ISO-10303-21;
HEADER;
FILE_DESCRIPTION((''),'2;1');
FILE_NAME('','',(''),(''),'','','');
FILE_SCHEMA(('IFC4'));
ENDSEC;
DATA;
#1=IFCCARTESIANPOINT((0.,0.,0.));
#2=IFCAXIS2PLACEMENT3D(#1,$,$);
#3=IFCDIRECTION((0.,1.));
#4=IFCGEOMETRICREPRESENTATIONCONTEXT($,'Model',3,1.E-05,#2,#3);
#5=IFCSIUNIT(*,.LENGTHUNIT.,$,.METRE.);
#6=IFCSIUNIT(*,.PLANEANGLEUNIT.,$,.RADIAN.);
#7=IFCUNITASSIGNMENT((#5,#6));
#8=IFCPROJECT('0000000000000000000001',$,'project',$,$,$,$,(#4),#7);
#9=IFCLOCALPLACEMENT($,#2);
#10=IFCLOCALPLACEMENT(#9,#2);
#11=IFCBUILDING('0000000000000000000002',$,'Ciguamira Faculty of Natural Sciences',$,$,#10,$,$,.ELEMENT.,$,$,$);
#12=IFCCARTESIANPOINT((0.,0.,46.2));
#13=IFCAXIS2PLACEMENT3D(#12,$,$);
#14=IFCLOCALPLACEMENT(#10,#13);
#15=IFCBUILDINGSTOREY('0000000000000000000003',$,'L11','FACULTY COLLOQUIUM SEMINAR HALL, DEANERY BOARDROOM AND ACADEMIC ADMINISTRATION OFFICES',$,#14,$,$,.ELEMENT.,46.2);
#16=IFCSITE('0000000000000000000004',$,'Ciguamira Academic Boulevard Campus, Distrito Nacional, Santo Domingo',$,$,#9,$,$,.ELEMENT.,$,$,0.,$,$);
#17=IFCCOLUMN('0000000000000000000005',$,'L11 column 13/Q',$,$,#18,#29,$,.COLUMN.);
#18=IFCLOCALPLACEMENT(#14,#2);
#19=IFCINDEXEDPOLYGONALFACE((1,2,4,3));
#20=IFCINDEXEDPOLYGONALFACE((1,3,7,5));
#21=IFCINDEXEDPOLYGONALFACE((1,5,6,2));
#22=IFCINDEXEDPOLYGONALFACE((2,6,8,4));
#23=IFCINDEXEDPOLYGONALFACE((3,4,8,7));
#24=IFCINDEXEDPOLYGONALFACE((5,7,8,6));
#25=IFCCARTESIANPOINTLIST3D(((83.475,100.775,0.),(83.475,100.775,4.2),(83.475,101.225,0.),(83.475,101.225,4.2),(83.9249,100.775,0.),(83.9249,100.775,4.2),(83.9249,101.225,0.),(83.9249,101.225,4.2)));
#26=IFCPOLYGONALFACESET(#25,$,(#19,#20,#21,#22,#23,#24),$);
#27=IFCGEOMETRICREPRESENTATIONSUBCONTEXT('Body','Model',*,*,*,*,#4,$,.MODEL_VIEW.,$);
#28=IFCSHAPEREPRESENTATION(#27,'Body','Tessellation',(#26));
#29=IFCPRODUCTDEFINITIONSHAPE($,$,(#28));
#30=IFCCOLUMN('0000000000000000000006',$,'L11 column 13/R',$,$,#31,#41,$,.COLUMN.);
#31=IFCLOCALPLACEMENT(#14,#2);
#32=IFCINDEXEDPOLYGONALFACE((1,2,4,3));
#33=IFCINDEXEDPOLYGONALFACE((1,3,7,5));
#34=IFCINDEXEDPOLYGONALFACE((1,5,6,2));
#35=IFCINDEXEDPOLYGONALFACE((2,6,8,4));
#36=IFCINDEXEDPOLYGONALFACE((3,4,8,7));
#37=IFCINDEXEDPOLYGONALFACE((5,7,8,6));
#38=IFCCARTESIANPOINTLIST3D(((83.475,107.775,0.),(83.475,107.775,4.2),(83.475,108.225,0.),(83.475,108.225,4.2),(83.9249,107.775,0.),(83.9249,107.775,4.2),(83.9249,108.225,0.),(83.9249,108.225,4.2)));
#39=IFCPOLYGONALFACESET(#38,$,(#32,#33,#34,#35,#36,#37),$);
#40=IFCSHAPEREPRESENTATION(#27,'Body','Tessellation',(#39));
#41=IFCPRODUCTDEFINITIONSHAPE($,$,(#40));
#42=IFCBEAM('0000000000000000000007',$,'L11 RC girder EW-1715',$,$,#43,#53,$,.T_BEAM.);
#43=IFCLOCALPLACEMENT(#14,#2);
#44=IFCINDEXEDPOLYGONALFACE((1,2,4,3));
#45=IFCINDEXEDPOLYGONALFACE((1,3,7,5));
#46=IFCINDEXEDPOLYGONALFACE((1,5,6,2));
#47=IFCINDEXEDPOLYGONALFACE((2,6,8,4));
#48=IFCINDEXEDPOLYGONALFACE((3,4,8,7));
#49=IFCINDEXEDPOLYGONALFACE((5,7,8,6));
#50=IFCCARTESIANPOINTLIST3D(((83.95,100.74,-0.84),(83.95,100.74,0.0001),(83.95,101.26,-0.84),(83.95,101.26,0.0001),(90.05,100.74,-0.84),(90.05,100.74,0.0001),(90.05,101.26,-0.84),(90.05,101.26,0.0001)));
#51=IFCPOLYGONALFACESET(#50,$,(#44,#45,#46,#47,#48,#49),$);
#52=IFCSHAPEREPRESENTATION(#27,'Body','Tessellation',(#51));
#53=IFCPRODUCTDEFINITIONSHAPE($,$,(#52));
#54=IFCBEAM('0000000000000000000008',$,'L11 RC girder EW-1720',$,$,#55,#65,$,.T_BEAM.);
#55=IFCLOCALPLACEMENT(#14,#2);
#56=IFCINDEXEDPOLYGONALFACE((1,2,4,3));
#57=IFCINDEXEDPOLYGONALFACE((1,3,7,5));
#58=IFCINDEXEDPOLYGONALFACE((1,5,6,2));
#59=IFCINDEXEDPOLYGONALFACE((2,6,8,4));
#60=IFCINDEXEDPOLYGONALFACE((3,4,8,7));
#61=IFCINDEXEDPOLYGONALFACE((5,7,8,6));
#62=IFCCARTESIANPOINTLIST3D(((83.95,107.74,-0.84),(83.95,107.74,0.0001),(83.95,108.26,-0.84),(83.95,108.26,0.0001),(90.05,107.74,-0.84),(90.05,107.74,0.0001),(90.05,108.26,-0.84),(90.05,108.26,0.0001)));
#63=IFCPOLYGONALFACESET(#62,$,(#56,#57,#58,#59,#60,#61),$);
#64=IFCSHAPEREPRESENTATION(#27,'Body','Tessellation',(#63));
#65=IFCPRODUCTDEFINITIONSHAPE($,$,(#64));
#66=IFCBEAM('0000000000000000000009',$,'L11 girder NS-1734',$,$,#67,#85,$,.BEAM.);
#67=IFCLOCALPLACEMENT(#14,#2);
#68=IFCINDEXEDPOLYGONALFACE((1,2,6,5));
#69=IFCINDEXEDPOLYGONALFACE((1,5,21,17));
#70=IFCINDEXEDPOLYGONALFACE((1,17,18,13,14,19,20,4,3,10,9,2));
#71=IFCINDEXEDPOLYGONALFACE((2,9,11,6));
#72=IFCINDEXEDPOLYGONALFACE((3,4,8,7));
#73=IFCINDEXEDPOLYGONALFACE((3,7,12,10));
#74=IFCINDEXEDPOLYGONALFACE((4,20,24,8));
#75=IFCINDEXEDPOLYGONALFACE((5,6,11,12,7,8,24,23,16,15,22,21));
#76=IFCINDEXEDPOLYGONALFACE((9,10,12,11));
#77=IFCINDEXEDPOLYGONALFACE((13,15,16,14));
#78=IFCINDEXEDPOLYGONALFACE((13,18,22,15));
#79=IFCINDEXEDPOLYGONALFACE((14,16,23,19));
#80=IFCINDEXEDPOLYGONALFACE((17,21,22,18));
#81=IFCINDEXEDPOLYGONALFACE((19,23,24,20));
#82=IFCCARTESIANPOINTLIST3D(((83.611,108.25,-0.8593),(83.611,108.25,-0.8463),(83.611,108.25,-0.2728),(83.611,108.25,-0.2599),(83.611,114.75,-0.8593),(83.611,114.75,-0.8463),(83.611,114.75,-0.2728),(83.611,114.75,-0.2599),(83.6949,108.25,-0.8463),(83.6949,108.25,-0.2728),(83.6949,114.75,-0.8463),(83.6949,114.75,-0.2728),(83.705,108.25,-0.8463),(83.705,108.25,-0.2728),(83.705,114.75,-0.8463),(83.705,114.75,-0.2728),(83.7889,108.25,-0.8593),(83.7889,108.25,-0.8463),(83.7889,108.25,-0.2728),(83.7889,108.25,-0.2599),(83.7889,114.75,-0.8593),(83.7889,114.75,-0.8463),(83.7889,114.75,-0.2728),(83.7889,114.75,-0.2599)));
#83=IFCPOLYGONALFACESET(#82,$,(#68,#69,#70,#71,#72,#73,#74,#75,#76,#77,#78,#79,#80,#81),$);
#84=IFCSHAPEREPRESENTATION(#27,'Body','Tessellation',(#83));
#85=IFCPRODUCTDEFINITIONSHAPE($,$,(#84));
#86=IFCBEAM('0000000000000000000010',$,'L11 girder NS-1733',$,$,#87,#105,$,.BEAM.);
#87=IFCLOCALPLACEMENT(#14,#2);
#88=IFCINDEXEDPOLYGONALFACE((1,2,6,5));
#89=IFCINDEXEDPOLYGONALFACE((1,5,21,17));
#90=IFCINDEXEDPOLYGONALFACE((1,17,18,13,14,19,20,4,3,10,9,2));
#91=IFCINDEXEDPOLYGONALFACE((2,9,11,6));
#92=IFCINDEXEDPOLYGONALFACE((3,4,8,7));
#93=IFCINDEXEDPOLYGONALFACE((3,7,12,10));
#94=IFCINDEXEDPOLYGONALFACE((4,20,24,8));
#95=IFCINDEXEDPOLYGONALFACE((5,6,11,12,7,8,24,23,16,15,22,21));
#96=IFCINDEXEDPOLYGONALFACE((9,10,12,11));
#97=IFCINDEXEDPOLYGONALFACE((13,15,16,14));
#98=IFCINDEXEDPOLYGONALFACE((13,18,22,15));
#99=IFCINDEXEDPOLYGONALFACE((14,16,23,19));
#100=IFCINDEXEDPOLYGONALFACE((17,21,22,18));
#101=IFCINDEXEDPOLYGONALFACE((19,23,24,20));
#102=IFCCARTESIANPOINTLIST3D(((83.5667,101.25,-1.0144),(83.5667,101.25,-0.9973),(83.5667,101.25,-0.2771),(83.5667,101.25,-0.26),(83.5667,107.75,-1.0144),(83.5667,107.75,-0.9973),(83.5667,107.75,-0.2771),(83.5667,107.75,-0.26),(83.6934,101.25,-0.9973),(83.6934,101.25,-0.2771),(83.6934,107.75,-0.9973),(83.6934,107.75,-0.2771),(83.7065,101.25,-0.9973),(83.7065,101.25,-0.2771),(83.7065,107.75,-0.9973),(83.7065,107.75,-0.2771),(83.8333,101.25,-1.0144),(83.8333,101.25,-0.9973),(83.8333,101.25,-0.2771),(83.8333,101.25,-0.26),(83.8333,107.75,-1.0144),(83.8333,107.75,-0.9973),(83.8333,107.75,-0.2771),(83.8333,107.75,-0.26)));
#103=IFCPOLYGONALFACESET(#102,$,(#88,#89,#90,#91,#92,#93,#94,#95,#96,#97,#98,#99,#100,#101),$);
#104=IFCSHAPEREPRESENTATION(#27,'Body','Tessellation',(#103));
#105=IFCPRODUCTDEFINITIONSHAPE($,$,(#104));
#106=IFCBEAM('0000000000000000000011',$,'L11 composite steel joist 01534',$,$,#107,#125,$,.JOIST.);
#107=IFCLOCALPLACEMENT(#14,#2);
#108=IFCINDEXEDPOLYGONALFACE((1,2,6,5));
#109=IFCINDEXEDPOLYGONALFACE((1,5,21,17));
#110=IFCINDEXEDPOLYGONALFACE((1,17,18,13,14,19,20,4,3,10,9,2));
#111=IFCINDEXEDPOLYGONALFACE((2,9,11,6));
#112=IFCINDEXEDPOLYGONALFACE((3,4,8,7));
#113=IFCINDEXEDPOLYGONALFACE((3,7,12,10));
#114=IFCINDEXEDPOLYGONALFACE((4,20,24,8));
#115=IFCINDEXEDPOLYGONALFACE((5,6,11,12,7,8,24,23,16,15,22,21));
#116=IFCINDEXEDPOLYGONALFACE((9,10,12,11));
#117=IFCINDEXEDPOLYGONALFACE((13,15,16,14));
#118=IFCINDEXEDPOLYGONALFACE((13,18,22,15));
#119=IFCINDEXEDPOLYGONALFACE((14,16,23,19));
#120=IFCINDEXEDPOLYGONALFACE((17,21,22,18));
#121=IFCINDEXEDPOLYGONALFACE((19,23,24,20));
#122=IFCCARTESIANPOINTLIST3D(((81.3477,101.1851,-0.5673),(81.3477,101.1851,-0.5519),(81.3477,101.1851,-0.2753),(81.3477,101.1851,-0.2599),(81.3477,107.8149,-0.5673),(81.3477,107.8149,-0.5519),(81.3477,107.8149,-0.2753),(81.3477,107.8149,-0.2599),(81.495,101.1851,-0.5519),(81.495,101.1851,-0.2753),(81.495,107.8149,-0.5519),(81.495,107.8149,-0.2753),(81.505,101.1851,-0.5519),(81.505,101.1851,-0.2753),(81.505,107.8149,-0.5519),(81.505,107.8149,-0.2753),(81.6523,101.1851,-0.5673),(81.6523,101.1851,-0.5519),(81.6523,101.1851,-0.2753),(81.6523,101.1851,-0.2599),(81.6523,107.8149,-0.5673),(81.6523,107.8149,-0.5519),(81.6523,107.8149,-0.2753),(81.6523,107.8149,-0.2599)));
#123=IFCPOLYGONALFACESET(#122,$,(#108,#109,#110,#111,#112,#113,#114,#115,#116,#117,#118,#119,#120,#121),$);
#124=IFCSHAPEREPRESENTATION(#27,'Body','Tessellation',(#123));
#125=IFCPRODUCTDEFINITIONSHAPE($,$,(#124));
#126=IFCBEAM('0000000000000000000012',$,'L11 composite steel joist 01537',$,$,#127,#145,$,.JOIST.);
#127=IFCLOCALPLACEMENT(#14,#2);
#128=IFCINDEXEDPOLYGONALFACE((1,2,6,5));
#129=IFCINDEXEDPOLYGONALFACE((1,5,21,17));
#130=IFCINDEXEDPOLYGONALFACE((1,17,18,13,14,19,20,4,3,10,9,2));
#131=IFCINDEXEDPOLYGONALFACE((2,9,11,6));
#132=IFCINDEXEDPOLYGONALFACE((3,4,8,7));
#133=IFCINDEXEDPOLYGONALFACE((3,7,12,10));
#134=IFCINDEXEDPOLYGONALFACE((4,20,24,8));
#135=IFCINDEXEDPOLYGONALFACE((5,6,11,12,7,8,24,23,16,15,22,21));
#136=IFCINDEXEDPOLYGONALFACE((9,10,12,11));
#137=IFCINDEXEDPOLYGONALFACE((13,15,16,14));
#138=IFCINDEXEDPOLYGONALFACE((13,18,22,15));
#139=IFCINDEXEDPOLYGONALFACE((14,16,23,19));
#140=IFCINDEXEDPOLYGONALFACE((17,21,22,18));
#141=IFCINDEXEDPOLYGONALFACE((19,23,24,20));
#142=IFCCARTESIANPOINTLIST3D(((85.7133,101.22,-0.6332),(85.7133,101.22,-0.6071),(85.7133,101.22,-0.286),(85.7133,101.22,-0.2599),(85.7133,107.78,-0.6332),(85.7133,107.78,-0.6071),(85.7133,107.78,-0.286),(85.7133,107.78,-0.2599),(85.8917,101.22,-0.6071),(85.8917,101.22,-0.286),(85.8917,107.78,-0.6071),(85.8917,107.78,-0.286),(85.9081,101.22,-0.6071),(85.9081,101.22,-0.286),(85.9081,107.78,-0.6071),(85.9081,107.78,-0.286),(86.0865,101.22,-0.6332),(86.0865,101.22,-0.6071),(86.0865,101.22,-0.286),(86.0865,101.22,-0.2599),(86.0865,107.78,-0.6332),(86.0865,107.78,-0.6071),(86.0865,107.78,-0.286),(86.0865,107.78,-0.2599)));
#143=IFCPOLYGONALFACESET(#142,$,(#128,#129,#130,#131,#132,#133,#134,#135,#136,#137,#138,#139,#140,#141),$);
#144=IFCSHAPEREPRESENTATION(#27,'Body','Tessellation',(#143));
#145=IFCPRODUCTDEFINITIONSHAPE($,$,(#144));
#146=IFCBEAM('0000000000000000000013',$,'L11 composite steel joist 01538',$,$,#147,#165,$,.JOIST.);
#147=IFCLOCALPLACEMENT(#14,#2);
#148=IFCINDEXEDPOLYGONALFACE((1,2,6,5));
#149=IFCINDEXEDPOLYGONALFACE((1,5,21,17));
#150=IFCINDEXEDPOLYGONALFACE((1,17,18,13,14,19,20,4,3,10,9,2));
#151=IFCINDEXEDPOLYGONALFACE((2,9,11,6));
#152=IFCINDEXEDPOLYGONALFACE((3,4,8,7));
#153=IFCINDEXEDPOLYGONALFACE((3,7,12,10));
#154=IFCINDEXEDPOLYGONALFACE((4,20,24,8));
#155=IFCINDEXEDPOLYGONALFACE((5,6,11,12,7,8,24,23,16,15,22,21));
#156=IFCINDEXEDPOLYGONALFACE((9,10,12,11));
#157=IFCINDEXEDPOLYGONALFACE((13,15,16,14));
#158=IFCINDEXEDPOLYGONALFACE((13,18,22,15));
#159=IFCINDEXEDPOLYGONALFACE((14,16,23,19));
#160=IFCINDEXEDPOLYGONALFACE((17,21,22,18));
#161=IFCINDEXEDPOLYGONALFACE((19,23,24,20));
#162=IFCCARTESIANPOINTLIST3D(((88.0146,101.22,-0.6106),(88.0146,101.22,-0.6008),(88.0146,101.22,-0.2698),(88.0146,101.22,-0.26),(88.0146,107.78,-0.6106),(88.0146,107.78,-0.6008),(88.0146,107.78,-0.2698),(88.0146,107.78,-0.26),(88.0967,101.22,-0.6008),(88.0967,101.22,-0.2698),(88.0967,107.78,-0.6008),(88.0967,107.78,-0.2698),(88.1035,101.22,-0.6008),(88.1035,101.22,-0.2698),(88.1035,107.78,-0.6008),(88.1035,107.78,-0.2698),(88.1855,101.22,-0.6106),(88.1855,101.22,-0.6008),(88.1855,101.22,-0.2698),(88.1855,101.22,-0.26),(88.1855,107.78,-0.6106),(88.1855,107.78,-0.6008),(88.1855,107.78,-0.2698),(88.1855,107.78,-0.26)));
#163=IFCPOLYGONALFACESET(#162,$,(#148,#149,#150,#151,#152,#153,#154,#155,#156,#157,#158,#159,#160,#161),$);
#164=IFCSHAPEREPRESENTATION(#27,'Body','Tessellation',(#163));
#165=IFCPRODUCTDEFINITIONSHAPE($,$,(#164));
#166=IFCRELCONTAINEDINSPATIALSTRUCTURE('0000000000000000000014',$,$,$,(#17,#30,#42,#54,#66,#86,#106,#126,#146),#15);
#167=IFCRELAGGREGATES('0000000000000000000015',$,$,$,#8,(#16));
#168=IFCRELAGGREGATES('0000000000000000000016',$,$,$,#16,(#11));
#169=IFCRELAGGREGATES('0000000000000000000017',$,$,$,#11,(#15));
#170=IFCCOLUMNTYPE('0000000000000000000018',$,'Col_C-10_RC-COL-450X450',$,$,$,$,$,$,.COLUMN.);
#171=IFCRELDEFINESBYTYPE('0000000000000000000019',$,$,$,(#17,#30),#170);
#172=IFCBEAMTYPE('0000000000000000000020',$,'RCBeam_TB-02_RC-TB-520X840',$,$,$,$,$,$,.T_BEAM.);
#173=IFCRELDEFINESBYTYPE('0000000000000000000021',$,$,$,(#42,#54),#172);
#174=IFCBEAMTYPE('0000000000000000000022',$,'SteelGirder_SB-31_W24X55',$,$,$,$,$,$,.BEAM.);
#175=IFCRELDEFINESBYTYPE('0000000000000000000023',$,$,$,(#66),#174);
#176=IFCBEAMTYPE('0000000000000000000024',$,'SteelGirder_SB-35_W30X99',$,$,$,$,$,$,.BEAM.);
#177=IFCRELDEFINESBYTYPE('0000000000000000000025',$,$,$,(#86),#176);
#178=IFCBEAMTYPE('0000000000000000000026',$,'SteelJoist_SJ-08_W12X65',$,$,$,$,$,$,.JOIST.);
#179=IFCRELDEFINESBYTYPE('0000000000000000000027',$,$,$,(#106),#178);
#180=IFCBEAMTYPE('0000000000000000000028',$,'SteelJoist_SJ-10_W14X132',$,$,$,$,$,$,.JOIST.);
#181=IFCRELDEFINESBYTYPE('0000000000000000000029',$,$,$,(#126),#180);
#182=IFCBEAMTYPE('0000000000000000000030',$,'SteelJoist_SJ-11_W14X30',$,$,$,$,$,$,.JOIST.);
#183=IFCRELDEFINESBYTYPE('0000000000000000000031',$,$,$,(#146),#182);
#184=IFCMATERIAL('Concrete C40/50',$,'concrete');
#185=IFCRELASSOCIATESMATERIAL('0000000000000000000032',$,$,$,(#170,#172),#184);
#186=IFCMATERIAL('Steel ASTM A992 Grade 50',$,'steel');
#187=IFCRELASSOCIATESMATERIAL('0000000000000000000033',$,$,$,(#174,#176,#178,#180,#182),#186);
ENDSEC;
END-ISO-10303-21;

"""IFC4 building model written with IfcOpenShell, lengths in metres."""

from ifc_helpers import new_model, si_unit, direction, frame, origin, origin_2d, place, context, subcontext, project, spatial, rectangle, i_section, extrude, material, material_profile, profile_set, type_object, element, save


model = new_model("IFC4")

# Units and contexts
model_context = context("Model", 3, precision=1e-05, world=origin(), true_north=direction((0.0, 1.0)))
body_context = subcontext(model_context, "Body", "Model", "MODEL_VIEW")
ifc_project = project(units=[si_unit("LENGTHUNIT", "METRE"), si_unit("PLANEANGLEUNIT", "RADIAN")], contexts=[model_context])

# Site, building, storey
site_placement = place(None, origin())
site = spatial("IfcSite", under=ifc_project, at=site_placement, Name="Ciguamira Academic Boulevard Campus, Distrito Nacional, Santo Domingo", CompositionType="ELEMENT", RefElevation=0.0)
building_placement = place(site_placement, origin())
building = spatial("IfcBuilding", under=site, at=building_placement, Name="Ciguamira Faculty of Natural Sciences", CompositionType="ELEMENT")
storey_placement = place(building_placement, frame((0.0, 0.0, 46.2)))
storey = spatial("IfcBuildingStorey", under=building, at=storey_placement, Name="L11", Description="FACULTY COLLOQUIUM SEMINAR HALL, DEANERY BOARDROOM AND ACADEMIC ADMINISTRATION OFFICES", CompositionType="ELEMENT", Elevation=46.2)

# Columns
ifc_material_1 = material(Name="Concrete C40/50", Category="concrete")
ifc_material_profile_1 = material_profile(ifc_material_1, rectangle(XDim=0.45, YDim=0.45, at=origin_2d()), Name="RC-COL-450X450")
ifc_profile_set_1 = profile_set([ifc_material_profile_1], Name="Concrete C40/50")
column_type = type_object("IfcColumnType", Name="Col_C-10_RC-COL-450X450", PredefinedType="COLUMN", material=ifc_profile_set_1)
for number, where, z_axis, x_axis, name in (
    (1, (83.7, 101.0, 0.0), (0.0, 0.0, 1.0), (1.0, 0.0, 0.0), "L11 column 13/Q"),
    (2, (83.7, 108.0, 0.0), (0.0, 0.0, 1.0), (1.0, 0.0, 0.0), "L11 column 13/R"),
):
    element("IfcColumn", number, at=place(storey_placement, frame(where, z_axis=z_axis, x_axis=x_axis)), inside=storey, type_object=column_type, Name=name, PredefinedType="COLUMN", context=body_context, shape_type="SweptSolid", body=[
        extrude(rectangle(XDim=0.45, YDim=0.45, at=origin_2d()), origin(), (0.0, 0.0, 1.0), 4.2),
    ])

# Beams
ifc_material_profile_2 = material_profile(ifc_material_1, rectangle(XDim=0.52, YDim=0.8401, at=origin_2d()), Name="RC-TB-520X840")
ifc_profile_set_2 = profile_set([ifc_material_profile_2], Name="Concrete C40/50")
beam_type_1 = type_object("IfcBeamType", Name="RCBeam_TB-02_RC-TB-520X840", PredefinedType="T_BEAM", material=ifc_profile_set_2)
for number, where, z_axis, x_axis, name in (
    (3, (83.95, 101.0, -0.4199), (1.0, 0.0, 0.0), (0.0, 1.0, 0.0), "L11 RC girder EW-1715"),
    (4, (83.95, 108.0, -0.4199), (1.0, 0.0, 0.0), (0.0, 1.0, 0.0), "L11 RC girder EW-1720"),
):
    element("IfcBeam", number, at=place(storey_placement, frame(where, z_axis=z_axis, x_axis=x_axis)), inside=storey, type_object=beam_type_1, Name=name, PredefinedType="T_BEAM", context=body_context, shape_type="SweptSolid", body=[
        extrude(rectangle(XDim=0.52, YDim=0.8401, at=origin_2d()), origin(), (0.0, 0.0, 1.0), 6.1001),
    ])
ifc_material_2 = material(Name="Steel ASTM A992 Grade 50", Category="steel")
ifc_material_profile_3 = material_profile(ifc_material_2, i_section(OverallWidth=0.178, OverallDepth=0.5994, WebThickness=0.01, FlangeThickness=0.0129, at=origin_2d()), Name="W24X55")
ifc_profile_set_3 = profile_set([ifc_material_profile_3], Name="Steel ASTM A992 Grade 50")
beam_type_2 = type_object("IfcBeamType", Name="SteelGirder_SB-31_W24X55", PredefinedType="BEAM", material=ifc_profile_set_3)
beam_1_placement = place(storey_placement, frame((83.7, 108.25, -0.5596), z_axis=(0.0, 1.0, 0.0), x_axis=(-1.0, 0.0, 0.0)))
element("IfcBeam", 5, at=beam_1_placement, inside=storey, type_object=beam_type_2, Name="L11 girder NS-1734", PredefinedType="BEAM", context=body_context, shape_type="SweptSolid", body=[
    extrude(i_section(OverallWidth=0.178, OverallDepth=0.5994, WebThickness=0.01, FlangeThickness=0.0129, at=origin_2d()), origin(), (0.0, 0.0, 1.0), 6.5),
])
ifc_material_profile_4 = material_profile(ifc_material_2, i_section(OverallWidth=0.2666, OverallDepth=0.7544, WebThickness=0.0132, FlangeThickness=0.0171, at=origin_2d()), Name="W30X99")
ifc_profile_set_4 = profile_set([ifc_material_profile_4], Name="Steel ASTM A992 Grade 50")
beam_type_3 = type_object("IfcBeamType", Name="SteelGirder_SB-35_W30X99", PredefinedType="BEAM", material=ifc_profile_set_4)
beam_2_placement = place(storey_placement, frame((83.7, 101.25, -0.6372), z_axis=(0.0, 1.0, 0.0), x_axis=(-1.0, 0.0, 0.0)))
element("IfcBeam", 6, at=beam_2_placement, inside=storey, type_object=beam_type_3, Name="L11 girder NS-1733", PredefinedType="BEAM", context=body_context, shape_type="SweptSolid", body=[
    extrude(i_section(OverallWidth=0.2666, OverallDepth=0.7544, WebThickness=0.0132, FlangeThickness=0.0171, at=origin_2d()), origin(), (0.0, 0.0, 1.0), 6.5),
])
ifc_material_profile_5 = material_profile(ifc_material_2, i_section(OverallWidth=0.3047, OverallDepth=0.3074, WebThickness=0.01, FlangeThickness=0.0154, at=origin_2d()), Name="W12X65")
ifc_profile_set_5 = profile_set([ifc_material_profile_5], Name="Steel ASTM A992 Grade 50")
beam_type_4 = type_object("IfcBeamType", Name="SteelJoist_SJ-08_W12X65", PredefinedType="JOIST", material=ifc_profile_set_5)
beam_3_placement = place(storey_placement, frame((81.5, 101.1851, -0.4136), z_axis=(0.0, 1.0, 0.0), x_axis=(-1.0, 0.0, 0.0)))
element("IfcBeam", 7, at=beam_3_placement, inside=storey, type_object=beam_type_4, Name="L11 composite steel joist 01534", PredefinedType="JOIST", context=body_context, shape_type="SweptSolid", body=[
    extrude(i_section(OverallWidth=0.3047, OverallDepth=0.3074, WebThickness=0.01, FlangeThickness=0.0154, at=origin_2d()), origin(), (0.0, 0.0, 1.0), 6.6299),
])
ifc_material_profile_6 = material_profile(ifc_material_2, i_section(OverallWidth=0.3733, OverallDepth=0.3733, WebThickness=0.0164, FlangeThickness=0.0261, at=origin_2d()), Name="W14X132")
ifc_profile_set_6 = profile_set([ifc_material_profile_6], Name="Steel ASTM A992 Grade 50")
beam_type_5 = type_object("IfcBeamType", Name="SteelJoist_SJ-10_W14X132", PredefinedType="JOIST", material=ifc_profile_set_6)
beam_4_placement = place(storey_placement, frame((85.8999, 101.22, -0.4465), z_axis=(0.0, 1.0, 0.0), x_axis=(-1.0, 0.0, 0.0)))
element("IfcBeam", 8, at=beam_4_placement, inside=storey, type_object=beam_type_5, Name="L11 composite steel joist 01537", PredefinedType="JOIST", context=body_context, shape_type="SweptSolid", body=[
    extrude(i_section(OverallWidth=0.3733, OverallDepth=0.3733, WebThickness=0.0164, FlangeThickness=0.0261, at=origin_2d()), origin(), (0.0, 0.0, 1.0), 6.5601),
])
ifc_material_profile_7 = material_profile(ifc_material_2, i_section(OverallWidth=0.1709, OverallDepth=0.3506, WebThickness=0.0068, FlangeThickness=0.0098, at=origin_2d()), Name="W14X30")
ifc_profile_set_7 = profile_set([ifc_material_profile_7], Name="Steel ASTM A992 Grade 50")
beam_type_6 = type_object("IfcBeamType", Name="SteelJoist_SJ-11_W14X30", PredefinedType="JOIST", material=ifc_profile_set_7)
beam_5_placement = place(storey_placement, frame((88.1001, 101.22, -0.4353), z_axis=(0.0, 1.0, 0.0), x_axis=(-1.0, 0.0, 0.0)))
element("IfcBeam", 9, at=beam_5_placement, inside=storey, type_object=beam_type_6, Name="L11 composite steel joist 01538", PredefinedType="JOIST", context=body_context, shape_type="SweptSolid", body=[
    extrude(i_section(OverallWidth=0.1709, OverallDepth=0.3506, WebThickness=0.0068, FlangeThickness=0.0098, at=origin_2d()), origin(), (0.0, 0.0, 1.0), 6.5601),
])

save(model, "model.ifc")
